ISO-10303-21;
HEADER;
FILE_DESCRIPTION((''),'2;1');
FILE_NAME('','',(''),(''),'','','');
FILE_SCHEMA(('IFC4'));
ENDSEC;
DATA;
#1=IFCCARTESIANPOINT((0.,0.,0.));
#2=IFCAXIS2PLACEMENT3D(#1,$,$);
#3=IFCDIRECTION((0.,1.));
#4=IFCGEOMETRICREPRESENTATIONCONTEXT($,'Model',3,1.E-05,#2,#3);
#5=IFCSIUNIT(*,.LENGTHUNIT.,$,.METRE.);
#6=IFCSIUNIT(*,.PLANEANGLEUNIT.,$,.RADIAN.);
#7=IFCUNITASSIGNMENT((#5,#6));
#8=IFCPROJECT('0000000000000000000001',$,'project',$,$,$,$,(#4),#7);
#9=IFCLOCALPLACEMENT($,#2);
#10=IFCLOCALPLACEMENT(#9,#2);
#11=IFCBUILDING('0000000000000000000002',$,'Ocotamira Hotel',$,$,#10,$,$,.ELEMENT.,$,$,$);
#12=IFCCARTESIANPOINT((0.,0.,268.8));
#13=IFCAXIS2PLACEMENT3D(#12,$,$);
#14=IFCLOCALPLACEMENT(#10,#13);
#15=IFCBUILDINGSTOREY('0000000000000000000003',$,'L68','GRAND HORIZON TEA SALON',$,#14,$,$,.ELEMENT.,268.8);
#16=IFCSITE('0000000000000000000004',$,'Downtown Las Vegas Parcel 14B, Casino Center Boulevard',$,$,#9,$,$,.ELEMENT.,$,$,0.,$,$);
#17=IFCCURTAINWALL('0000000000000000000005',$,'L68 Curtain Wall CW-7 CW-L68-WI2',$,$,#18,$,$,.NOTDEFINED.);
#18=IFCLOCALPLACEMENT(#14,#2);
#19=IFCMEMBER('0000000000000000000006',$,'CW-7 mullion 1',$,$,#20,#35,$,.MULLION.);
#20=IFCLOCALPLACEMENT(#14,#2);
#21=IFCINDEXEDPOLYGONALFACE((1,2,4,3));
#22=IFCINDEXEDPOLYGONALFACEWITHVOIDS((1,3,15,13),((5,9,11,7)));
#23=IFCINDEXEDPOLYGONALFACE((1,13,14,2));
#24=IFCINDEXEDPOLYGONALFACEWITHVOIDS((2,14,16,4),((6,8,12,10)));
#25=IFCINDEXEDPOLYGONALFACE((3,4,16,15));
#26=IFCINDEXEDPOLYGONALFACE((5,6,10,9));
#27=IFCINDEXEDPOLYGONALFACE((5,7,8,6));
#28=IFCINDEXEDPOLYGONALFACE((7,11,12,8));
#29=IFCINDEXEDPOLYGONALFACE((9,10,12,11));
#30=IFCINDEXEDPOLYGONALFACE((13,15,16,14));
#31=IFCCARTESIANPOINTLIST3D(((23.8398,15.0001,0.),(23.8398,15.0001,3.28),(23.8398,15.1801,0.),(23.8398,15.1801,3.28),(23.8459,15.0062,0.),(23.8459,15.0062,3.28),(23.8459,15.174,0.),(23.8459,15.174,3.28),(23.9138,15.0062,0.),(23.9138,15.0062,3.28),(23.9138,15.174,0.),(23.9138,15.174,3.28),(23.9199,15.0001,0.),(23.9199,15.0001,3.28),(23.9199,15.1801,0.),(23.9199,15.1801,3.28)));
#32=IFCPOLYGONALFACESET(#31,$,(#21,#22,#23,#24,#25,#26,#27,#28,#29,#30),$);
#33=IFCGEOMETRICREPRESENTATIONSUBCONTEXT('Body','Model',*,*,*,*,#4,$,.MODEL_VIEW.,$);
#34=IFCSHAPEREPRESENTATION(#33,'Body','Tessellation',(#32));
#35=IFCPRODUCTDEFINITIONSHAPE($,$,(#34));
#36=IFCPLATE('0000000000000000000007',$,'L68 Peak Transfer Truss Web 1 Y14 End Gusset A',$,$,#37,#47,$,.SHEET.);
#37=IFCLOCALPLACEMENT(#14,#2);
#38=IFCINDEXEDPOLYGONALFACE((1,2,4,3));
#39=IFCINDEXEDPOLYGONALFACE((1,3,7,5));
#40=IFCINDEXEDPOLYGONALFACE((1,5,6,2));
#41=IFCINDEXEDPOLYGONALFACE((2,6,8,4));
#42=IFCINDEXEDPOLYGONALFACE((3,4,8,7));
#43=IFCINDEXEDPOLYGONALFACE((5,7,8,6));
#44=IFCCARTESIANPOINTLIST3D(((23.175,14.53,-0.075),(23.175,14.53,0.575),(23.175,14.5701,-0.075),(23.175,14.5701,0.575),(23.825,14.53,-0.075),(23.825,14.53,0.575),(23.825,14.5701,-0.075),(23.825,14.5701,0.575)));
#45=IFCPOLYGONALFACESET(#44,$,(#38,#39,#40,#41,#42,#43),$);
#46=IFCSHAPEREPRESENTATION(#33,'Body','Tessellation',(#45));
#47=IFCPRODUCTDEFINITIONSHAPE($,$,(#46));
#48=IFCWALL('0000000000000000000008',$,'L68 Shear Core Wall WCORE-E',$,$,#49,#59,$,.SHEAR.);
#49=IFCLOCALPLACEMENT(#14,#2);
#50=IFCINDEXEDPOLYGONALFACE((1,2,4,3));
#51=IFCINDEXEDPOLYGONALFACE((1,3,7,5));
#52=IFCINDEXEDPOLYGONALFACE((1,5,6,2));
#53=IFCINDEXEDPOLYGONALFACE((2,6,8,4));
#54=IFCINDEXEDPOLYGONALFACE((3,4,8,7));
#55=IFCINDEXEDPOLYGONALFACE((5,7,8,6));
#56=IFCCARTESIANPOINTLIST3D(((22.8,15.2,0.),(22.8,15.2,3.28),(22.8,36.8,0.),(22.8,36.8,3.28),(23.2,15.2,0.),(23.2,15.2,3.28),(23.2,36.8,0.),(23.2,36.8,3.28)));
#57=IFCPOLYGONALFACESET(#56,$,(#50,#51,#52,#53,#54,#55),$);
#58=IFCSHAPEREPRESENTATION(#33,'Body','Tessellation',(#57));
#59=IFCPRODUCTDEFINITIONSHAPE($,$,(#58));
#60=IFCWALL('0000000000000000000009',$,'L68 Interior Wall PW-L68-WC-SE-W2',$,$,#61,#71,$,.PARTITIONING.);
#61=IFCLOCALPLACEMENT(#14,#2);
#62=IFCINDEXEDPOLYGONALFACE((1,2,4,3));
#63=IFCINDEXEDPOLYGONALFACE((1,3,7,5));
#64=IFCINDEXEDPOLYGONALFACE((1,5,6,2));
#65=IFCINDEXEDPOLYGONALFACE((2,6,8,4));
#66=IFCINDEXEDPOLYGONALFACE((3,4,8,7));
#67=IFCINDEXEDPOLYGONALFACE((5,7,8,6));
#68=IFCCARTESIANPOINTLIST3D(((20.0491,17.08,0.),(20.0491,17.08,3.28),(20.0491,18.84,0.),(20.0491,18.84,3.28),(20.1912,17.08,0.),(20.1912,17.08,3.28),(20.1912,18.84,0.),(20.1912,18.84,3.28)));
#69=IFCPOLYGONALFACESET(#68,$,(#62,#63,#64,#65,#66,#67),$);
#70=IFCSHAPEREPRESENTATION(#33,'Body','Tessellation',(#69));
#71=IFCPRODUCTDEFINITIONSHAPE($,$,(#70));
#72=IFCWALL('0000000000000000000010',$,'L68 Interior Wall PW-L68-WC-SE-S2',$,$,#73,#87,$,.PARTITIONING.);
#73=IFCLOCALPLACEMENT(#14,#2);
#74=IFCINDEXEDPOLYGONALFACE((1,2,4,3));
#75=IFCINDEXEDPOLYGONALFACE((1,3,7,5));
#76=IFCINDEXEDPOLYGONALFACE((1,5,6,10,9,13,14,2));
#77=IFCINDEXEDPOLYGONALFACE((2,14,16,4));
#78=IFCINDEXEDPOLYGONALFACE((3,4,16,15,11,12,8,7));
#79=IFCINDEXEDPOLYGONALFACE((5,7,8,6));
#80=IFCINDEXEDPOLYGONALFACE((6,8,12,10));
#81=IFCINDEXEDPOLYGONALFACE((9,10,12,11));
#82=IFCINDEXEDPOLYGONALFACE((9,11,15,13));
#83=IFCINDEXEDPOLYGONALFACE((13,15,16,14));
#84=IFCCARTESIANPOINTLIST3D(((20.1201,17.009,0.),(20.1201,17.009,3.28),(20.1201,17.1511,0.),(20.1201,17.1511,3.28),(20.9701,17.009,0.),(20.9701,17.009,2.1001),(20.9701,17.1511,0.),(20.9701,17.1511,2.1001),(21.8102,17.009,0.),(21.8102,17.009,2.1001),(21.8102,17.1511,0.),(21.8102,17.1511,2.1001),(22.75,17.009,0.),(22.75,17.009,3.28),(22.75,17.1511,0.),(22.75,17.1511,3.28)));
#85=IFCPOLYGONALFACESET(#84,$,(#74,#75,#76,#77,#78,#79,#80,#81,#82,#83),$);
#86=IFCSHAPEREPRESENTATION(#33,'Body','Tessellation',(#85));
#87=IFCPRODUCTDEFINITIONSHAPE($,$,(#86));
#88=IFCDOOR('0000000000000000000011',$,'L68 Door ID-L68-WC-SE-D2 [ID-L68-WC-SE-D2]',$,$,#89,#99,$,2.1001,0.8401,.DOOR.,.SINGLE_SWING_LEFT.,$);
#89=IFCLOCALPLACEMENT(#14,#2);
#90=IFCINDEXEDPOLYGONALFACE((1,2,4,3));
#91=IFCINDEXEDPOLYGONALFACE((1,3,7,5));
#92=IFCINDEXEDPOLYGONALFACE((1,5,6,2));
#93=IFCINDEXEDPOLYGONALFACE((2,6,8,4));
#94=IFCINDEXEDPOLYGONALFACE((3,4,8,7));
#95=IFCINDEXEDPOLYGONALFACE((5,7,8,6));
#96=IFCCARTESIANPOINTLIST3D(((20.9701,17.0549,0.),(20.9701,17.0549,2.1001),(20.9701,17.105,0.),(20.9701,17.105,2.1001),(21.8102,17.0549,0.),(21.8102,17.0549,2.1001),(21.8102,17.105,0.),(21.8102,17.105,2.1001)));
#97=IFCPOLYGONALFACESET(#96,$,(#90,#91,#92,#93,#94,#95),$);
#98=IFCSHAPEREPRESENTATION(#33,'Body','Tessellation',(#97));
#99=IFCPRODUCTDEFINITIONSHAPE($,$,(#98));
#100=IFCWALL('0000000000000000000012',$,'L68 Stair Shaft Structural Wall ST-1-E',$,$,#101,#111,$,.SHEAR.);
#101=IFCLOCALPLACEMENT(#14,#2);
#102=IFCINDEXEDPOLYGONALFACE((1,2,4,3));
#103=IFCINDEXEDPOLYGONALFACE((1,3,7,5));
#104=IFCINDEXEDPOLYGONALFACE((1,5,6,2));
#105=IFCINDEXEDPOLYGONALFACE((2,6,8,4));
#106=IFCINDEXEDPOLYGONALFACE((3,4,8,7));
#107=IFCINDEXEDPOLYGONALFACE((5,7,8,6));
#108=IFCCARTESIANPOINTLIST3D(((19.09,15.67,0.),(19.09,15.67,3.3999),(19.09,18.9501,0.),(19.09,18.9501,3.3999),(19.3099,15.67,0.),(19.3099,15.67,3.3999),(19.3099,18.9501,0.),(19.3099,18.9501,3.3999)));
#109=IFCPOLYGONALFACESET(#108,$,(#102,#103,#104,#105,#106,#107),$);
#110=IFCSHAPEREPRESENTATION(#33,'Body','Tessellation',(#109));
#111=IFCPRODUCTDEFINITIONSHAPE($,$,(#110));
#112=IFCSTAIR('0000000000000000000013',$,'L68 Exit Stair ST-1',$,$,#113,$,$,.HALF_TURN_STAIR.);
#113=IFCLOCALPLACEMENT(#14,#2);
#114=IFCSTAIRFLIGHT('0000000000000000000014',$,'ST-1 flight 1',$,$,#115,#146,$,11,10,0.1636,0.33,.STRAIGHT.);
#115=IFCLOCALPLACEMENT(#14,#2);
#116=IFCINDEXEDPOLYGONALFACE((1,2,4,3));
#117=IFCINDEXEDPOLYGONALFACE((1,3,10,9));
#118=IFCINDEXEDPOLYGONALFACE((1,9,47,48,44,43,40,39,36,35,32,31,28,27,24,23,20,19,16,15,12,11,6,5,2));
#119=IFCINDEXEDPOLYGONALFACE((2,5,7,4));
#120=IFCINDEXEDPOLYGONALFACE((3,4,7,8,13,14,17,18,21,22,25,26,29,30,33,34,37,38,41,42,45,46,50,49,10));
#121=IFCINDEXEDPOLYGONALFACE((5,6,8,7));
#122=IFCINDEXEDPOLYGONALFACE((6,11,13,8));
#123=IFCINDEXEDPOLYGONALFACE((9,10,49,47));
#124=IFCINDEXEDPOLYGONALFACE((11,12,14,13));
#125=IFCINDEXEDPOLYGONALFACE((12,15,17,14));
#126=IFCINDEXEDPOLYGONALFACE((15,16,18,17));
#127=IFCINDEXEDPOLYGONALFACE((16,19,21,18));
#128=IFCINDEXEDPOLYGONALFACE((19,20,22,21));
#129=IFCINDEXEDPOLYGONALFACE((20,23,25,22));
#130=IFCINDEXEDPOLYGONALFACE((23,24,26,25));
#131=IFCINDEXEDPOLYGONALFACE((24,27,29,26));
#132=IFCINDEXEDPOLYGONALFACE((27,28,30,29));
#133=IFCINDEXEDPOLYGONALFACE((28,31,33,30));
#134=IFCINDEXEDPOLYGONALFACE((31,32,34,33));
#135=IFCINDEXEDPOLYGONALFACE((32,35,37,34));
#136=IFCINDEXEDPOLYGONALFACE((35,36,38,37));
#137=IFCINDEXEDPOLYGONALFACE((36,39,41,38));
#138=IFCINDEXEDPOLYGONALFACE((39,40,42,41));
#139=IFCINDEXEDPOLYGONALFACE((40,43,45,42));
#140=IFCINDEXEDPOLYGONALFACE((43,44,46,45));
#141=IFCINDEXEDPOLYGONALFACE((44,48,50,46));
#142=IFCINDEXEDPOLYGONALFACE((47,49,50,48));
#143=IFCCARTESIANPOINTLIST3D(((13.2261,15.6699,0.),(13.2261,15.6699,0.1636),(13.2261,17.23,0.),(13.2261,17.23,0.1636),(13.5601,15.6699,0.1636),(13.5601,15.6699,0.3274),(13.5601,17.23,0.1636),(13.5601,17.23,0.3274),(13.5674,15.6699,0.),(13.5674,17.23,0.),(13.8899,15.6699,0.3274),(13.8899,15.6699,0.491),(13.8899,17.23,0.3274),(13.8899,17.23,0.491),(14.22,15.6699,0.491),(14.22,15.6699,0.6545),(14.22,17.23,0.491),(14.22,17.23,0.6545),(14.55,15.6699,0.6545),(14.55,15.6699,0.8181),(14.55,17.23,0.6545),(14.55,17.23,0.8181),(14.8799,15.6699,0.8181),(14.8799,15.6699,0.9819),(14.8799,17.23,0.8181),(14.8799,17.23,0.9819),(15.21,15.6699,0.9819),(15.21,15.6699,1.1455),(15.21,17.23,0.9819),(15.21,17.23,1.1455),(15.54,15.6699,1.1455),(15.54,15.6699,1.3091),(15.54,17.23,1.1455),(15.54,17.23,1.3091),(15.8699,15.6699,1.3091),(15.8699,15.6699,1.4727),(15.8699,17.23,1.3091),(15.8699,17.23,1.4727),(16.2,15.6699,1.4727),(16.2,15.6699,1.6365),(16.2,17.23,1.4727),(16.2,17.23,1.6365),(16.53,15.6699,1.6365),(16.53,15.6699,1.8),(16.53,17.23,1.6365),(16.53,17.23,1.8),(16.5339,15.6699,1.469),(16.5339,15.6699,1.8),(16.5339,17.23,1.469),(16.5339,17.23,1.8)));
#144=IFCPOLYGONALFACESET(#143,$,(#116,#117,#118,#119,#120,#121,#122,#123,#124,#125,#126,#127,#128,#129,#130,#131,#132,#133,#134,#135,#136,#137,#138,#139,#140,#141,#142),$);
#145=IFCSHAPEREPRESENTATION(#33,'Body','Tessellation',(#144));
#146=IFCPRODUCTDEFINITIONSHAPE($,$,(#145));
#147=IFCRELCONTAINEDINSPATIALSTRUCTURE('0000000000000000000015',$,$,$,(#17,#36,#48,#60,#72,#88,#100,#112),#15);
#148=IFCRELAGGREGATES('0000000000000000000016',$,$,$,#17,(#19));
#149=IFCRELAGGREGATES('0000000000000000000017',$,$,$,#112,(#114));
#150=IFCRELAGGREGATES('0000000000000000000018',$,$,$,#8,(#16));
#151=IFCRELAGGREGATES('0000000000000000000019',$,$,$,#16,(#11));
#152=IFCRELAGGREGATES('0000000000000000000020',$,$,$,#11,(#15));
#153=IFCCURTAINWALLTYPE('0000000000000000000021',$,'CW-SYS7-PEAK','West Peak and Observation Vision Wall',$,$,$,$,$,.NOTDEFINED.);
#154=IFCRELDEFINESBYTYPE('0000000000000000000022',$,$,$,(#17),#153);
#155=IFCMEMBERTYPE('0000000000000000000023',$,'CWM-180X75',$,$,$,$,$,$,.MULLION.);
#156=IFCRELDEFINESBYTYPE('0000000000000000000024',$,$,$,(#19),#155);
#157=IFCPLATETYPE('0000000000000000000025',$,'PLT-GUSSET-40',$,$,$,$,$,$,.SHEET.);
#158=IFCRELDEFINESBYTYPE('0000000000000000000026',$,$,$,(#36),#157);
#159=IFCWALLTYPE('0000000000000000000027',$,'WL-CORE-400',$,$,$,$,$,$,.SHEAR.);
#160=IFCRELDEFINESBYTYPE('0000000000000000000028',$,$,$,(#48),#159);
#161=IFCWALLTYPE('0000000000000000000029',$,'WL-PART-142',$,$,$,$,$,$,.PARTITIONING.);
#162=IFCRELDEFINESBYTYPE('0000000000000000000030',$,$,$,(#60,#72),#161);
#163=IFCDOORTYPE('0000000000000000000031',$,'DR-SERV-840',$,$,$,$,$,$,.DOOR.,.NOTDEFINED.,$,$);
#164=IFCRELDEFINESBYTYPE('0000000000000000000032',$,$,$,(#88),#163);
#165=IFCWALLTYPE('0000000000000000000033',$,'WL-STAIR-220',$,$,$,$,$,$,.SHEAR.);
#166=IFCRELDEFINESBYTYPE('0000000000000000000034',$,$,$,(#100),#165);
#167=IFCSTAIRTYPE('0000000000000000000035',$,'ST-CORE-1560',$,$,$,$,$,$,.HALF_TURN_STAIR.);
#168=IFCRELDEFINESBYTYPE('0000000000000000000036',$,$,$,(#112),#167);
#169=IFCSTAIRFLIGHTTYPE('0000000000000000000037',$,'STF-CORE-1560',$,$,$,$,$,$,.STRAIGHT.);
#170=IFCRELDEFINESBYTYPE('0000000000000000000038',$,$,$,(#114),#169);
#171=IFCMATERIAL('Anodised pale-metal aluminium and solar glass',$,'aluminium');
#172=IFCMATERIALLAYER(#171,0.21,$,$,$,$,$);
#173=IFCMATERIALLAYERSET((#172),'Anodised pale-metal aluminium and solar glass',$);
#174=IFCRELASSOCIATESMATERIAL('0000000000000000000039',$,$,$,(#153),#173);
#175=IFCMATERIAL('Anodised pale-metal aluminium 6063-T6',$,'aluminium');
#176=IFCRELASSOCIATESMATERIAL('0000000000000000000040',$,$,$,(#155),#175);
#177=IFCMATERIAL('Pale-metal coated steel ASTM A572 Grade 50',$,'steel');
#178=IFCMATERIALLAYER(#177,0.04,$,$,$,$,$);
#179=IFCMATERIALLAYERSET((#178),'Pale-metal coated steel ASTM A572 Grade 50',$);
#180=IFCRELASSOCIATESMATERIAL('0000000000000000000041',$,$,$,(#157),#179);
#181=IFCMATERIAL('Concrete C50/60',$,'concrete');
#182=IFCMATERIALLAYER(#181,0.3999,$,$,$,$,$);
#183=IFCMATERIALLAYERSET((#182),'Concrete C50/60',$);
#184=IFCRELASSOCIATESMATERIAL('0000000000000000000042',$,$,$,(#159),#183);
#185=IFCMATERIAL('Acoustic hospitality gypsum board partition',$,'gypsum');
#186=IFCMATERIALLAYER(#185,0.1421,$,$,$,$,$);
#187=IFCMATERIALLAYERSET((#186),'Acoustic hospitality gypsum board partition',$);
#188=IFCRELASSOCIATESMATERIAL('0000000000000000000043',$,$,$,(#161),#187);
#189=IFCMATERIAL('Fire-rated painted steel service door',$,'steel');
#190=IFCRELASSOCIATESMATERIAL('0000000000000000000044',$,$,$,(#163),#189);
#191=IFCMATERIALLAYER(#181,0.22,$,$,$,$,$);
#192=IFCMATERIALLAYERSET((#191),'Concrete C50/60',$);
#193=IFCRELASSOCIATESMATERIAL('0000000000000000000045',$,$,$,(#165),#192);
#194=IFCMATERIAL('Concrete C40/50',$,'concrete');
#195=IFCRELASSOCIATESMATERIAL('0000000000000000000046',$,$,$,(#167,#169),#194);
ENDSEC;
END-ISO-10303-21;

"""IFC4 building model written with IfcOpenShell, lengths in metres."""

from ifc_helpers import new_model, si_unit, direction, frame, frame_2d, origin, origin_2d, place, context, subcontext, project, spatial, polyline, rectangle, hollow_rectangle, outline, extrude, source, transform, mapped, material, layer, layer_set, material_profile, profile_set, type_object, element, fill, aggregate, save


model = new_model("IFC4")

# Units and contexts
model_context = context("Model", 3, precision=1e-05, world=origin(), true_north=direction((0.0, 1.0)))
body_context = subcontext(model_context, "Body", "Model", "MODEL_VIEW")
ifc_project = project(units=[si_unit("LENGTHUNIT", "METRE"), si_unit("PLANEANGLEUNIT", "RADIAN")], contexts=[model_context])

# Site, building, storey
site_placement = place(None, origin())
site = spatial("IfcSite", under=ifc_project, at=site_placement, Name="Downtown Las Vegas Parcel 14B, Casino Center Boulevard", CompositionType="ELEMENT", RefElevation=0.0)
building_placement = place(site_placement, origin())
building = spatial("IfcBuilding", under=site, at=building_placement, Name="Ocotamira Hotel", CompositionType="ELEMENT")
storey_placement = place(building_placement, frame((0.0, 0.0, 268.8)))
storey = spatial("IfcBuildingStorey", under=building, at=storey_placement, Name="L68", Description="GRAND HORIZON TEA SALON", CompositionType="ELEMENT", Elevation=268.8)

# Curtain wall, member
ifc_material_1 = material(Name="Anodised pale-metal aluminium and solar glass", Category="aluminium")
ifc_layer_1 = layer(ifc_material_1, 0.21)
ifc_layer_set_1 = layer_set([ifc_layer_1], Name="Anodised pale-metal aluminium and solar glass")
curtain_wall_type = type_object("IfcCurtainWallType", Name="CW-SYS7-PEAK", Description="West Peak and Observation Vision Wall", PredefinedType="NOTDEFINED", material=ifc_layer_set_1)
ifc_material_2 = material(Name="Anodised pale-metal aluminium 6063-T6", Category="aluminium")
ifc_material_profile_1 = material_profile(ifc_material_2, hollow_rectangle(XDim=0.0801, YDim=0.1799, WallThickness=0.0061, at=origin_2d()), Name="HSS180X80X6")
ifc_profile_set_1 = profile_set([ifc_material_profile_1], Name="Anodised pale-metal aluminium 6063-T6")
member_type_1 = type_object("IfcMemberType", Name="CWM-180X75", PredefinedType="MULLION", material=ifc_profile_set_1)
shared_shape_1 = source(origin(), body_context, "Body", "SweptSolid", [
    extrude(hollow_rectangle(XDim=0.0801, YDim=0.1799, WallThickness=0.0061, at=origin_2d()), origin(), (0.0, 0.0, 1.0), 3.28),
])
curtain_wall_1_placement = place(storey_placement, origin())
curtain_wall_1 = element("IfcCurtainWall", 1, at=curtain_wall_1_placement, inside=storey, type_object=curtain_wall_type, Name="L68 Curtain Wall CW-7 CW-L68-WI2", PredefinedType="NOTDEFINED")
member_1_placement = place(storey_placement, frame((23.8799, 15.0901, 0.0), z_axis=(0.0, 0.0, 1.0), x_axis=(-1.0, 0.0, 0.0)))
member_1 = element("IfcMember", 2, at=member_1_placement, type_object=member_type_1, Name="CW-7 mullion 1", PredefinedType="MULLION", context=body_context, shape_type="MappedRepresentation", body=[
    mapped(shared_shape_1, transform((0.0, 0.0, 0.0), scale=1.0)),
])
aggregate(curtain_wall_1, [member_1])

# Plate
ifc_material_3 = material(Name="Pale-metal coated steel ASTM A572 Grade 50", Category="steel")
ifc_layer_2 = layer(ifc_material_3, 0.04)
ifc_layer_set_2 = layer_set([ifc_layer_2], Name="Pale-metal coated steel ASTM A572 Grade 50")
plate_type = type_object("IfcPlateType", Name="PLT-GUSSET-40", PredefinedType="SHEET", material=ifc_layer_set_2)
shared_shape_2 = source(origin(), body_context, "Body", "SweptSolid", [
    extrude(rectangle(XDim=0.6499, YDim=0.04, at=origin_2d()), origin(), (0.0, 0.0, 1.0), 0.6499),
])
plate_placement = place(storey_placement, frame((23.5, 14.55, -0.075), z_axis=(0.0, 0.0, 1.0), x_axis=(1.0, 0.0, 0.0)))
element("IfcPlate", 3, at=plate_placement, inside=storey, type_object=plate_type, Name="L68 Peak Transfer Truss Web 1 Y14 End Gusset A", PredefinedType="SHEET", context=body_context, shape_type="MappedRepresentation", body=[
    mapped(shared_shape_2, transform((0.0, 0.0, 0.0), scale=1.0)),
])

# Walls
ifc_material_4 = material(Name="Concrete C50/60", Category="concrete")
ifc_layer_3 = layer(ifc_material_4, 0.3999)
ifc_layer_set_3 = layer_set([ifc_layer_3], Name="Concrete C50/60")
wall_type_1 = type_object("IfcWallType", Name="WL-CORE-400", PredefinedType="SHEAR", material=ifc_layer_set_3)
wall_1_placement = place(storey_placement, frame((23.0, 15.2, 0.0), z_axis=(0.0, 0.0, 1.0), x_axis=(0.0, 1.0, 0.0)))
element("IfcWall", 4, at=wall_1_placement, inside=storey, type_object=wall_type_1, Name="L68 Shear Core Wall WCORE-E", PredefinedType="SHEAR", context=body_context, shape_type="SweptSolid", body=[
    extrude(rectangle(XDim=21.6001, YDim=0.3999, at=frame_2d((10.8, 0.0))), origin(), (0.0, 0.0, 1.0), 3.28),
])
ifc_material_5 = material(Name="Acoustic hospitality gypsum board partition", Category="gypsum")
ifc_layer_4 = layer(ifc_material_5, 0.1421)
ifc_layer_set_4 = layer_set([ifc_layer_4], Name="Acoustic hospitality gypsum board partition")
wall_type_2 = type_object("IfcWallType", Name="WL-PART-142", PredefinedType="PARTITIONING", material=ifc_layer_set_4)
wall_2_placement = place(storey_placement, frame((20.1201, 17.0801, 0.0), z_axis=(0.0, 0.0, 1.0), x_axis=(0.0, 1.0, 0.0)))
element("IfcWall", 5, at=wall_2_placement, inside=storey, type_object=wall_type_2, Name="L68 Interior Wall PW-L68-WC-SE-W2", PredefinedType="PARTITIONING", context=body_context, shape_type="SweptSolid", body=[
    extrude(rectangle(XDim=1.76, YDim=0.1421, at=frame_2d((0.8799, 0.0))), origin(), (0.0, 0.0, 1.0), 3.28),
])

# Wall, opening, door
wall_3_placement = place(storey_placement, frame((20.1201, 17.0801, 0.0), z_axis=(0.0, 0.0, 1.0), x_axis=(1.0, 0.0, 0.0)))
wall_3 = element("IfcWall", 6, at=wall_3_placement, inside=storey, type_object=wall_type_2, Name="L68 Interior Wall PW-L68-WC-SE-S2", PredefinedType="PARTITIONING", context=body_context, shape_type="SweptSolid", body=[
    extrude(rectangle(XDim=2.6299, YDim=0.1421, at=frame_2d((1.3149, 0.0))), origin(), (0.0, 0.0, 1.0), 3.28),
])
opening_placement = place(wall_3_placement, frame((0.8501, 0.0, 0.0)))
opening = element("IfcOpeningElement", 7, at=opening_placement, cuts=wall_3, PredefinedType="OPENING", context=body_context, shape_type="SweptSolid", body=[
    extrude(rectangle(XDim=0.8401, YDim=2.1001, at=frame_2d((0.4199, 1.05))), frame((0.0, 0.0811, 0.0), z_axis=(0.0, -1.0, 0.0), x_axis=(1.0, 0.0, 0.0)), (0.0, 0.0, 1.0), 0.1621),
])
ifc_material_6 = material(Name="Fire-rated painted steel service door", Category="steel")
door_type = type_object("IfcDoorType", Name="DR-SERV-840", OperationType="NOTDEFINED", PredefinedType="DOOR", material=ifc_material_6)
shared_shape_3 = source(origin(), body_context, "Body", "SweptSolid", [
    extrude(rectangle(XDim=0.8401, YDim=2.1001, at=frame_2d((0.4199, 1.05))), frame((0.0, 0.0249, 0.0), z_axis=(0.0, -1.0, 0.0), x_axis=(1.0, 0.0, 0.0)), (0.0, 0.0, 1.0), 0.05),
])
door_placement = place(opening_placement, origin())
door = element("IfcDoor", 8, at=door_placement, inside=storey, type_object=door_type, Name="L68 Door ID-L68-WC-SE-D2 [ID-L68-WC-SE-D2]", OperationType="SINGLE_SWING_LEFT", OverallHeight=2.1001, OverallWidth=0.8401, PredefinedType="DOOR", context=body_context, shape_type="MappedRepresentation", body=[
    mapped(shared_shape_3, transform((0.0, 0.0, 0.0), scale=1.0)),
])
fill(opening, door)

# Wall
ifc_layer_5 = layer(ifc_material_4, 0.22)
ifc_layer_set_5 = layer_set([ifc_layer_5], Name="Concrete C50/60")
wall_type_3 = type_object("IfcWallType", Name="WL-STAIR-220", PredefinedType="SHEAR", material=ifc_layer_set_5)
wall_4_placement = place(storey_placement, frame((19.2, 15.6699, 0.0), z_axis=(0.0, 0.0, 1.0), x_axis=(0.0, 1.0, 0.0)))
element("IfcWall", 9, at=wall_4_placement, inside=storey, type_object=wall_type_3, Name="L68 Stair Shaft Structural Wall ST-1-E", PredefinedType="SHEAR", context=body_context, shape_type="SweptSolid", body=[
    extrude(rectangle(XDim=3.28, YDim=0.22, at=frame_2d((1.6401, 0.0))), origin(), (0.0, 0.0, 1.0), 3.3999),
])

# Stair, stair flight
ifc_material_7 = material(Name="Concrete C40/50", Category="concrete")
stair_type = type_object("IfcStairType", Name="ST-CORE-1560", PredefinedType="HALF_TURN_STAIR", material=ifc_material_7)
stair_placement = place(storey_placement, origin())
stair = element("IfcStair", 10, at=stair_placement, inside=storey, type_object=stair_type, Name="L68 Exit Stair ST-1", PredefinedType="HALF_TURN_STAIR")
stair_flight_type = type_object("IfcStairFlightType", Name="STF-CORE-1560", PredefinedType="STRAIGHT", material=ifc_material_7)
shared_shape_4 = source(origin(), body_context, "Body", "SweptSolid", [
    extrude(outline(polyline([(-0.0039, 0.0), (-0.0039, 0.1636), (0.3301, 0.1636), (0.3301, 0.3274), (0.6599, 0.3274), (0.6599, 0.491), (0.99, 0.491), (0.99, 0.6545), (1.3201, 0.6545), (1.3201, 0.8181), (1.6499, 0.8181), (1.6499, 0.9819), (1.98, 0.9819), (1.98, 1.1455), (2.3101, 1.1455), (2.3101, 1.3091), (2.6399, 1.3091), (2.6399, 1.4727), (2.97, 1.4727), (2.97, 1.6365), (3.3, 1.6365), (3.3, 1.8), (3.304, 1.8), (3.304, 1.469), (0.3374, 0.0), (-0.0039, 0.0)])), frame((0.0, 0.78, 0.0), z_axis=(0.0, -1.0, 0.0), x_axis=(1.0, 0.0, 0.0)), (0.0, 0.0, 1.0), 1.5601),
])
stair_flight_placement = place(storey_placement, frame((13.23, 16.45, 0.0), z_axis=(0.0, 0.0, 1.0), x_axis=(1.0, 0.0, 0.0)))
stair_flight = element("IfcStairFlight", 11, at=stair_flight_placement, type_object=stair_flight_type, Name="ST-1 flight 1", NumberOfRisers=11, NumberOfTreads=10, PredefinedType="STRAIGHT", RiserHeight=0.1636, TreadLength=0.33, context=body_context, shape_type="MappedRepresentation", body=[
    mapped(shared_shape_4, transform((0.0, 0.0, 0.0), scale=1.0)),
])
aggregate(stair, [stair_flight])

save(model, "model.ifc")
